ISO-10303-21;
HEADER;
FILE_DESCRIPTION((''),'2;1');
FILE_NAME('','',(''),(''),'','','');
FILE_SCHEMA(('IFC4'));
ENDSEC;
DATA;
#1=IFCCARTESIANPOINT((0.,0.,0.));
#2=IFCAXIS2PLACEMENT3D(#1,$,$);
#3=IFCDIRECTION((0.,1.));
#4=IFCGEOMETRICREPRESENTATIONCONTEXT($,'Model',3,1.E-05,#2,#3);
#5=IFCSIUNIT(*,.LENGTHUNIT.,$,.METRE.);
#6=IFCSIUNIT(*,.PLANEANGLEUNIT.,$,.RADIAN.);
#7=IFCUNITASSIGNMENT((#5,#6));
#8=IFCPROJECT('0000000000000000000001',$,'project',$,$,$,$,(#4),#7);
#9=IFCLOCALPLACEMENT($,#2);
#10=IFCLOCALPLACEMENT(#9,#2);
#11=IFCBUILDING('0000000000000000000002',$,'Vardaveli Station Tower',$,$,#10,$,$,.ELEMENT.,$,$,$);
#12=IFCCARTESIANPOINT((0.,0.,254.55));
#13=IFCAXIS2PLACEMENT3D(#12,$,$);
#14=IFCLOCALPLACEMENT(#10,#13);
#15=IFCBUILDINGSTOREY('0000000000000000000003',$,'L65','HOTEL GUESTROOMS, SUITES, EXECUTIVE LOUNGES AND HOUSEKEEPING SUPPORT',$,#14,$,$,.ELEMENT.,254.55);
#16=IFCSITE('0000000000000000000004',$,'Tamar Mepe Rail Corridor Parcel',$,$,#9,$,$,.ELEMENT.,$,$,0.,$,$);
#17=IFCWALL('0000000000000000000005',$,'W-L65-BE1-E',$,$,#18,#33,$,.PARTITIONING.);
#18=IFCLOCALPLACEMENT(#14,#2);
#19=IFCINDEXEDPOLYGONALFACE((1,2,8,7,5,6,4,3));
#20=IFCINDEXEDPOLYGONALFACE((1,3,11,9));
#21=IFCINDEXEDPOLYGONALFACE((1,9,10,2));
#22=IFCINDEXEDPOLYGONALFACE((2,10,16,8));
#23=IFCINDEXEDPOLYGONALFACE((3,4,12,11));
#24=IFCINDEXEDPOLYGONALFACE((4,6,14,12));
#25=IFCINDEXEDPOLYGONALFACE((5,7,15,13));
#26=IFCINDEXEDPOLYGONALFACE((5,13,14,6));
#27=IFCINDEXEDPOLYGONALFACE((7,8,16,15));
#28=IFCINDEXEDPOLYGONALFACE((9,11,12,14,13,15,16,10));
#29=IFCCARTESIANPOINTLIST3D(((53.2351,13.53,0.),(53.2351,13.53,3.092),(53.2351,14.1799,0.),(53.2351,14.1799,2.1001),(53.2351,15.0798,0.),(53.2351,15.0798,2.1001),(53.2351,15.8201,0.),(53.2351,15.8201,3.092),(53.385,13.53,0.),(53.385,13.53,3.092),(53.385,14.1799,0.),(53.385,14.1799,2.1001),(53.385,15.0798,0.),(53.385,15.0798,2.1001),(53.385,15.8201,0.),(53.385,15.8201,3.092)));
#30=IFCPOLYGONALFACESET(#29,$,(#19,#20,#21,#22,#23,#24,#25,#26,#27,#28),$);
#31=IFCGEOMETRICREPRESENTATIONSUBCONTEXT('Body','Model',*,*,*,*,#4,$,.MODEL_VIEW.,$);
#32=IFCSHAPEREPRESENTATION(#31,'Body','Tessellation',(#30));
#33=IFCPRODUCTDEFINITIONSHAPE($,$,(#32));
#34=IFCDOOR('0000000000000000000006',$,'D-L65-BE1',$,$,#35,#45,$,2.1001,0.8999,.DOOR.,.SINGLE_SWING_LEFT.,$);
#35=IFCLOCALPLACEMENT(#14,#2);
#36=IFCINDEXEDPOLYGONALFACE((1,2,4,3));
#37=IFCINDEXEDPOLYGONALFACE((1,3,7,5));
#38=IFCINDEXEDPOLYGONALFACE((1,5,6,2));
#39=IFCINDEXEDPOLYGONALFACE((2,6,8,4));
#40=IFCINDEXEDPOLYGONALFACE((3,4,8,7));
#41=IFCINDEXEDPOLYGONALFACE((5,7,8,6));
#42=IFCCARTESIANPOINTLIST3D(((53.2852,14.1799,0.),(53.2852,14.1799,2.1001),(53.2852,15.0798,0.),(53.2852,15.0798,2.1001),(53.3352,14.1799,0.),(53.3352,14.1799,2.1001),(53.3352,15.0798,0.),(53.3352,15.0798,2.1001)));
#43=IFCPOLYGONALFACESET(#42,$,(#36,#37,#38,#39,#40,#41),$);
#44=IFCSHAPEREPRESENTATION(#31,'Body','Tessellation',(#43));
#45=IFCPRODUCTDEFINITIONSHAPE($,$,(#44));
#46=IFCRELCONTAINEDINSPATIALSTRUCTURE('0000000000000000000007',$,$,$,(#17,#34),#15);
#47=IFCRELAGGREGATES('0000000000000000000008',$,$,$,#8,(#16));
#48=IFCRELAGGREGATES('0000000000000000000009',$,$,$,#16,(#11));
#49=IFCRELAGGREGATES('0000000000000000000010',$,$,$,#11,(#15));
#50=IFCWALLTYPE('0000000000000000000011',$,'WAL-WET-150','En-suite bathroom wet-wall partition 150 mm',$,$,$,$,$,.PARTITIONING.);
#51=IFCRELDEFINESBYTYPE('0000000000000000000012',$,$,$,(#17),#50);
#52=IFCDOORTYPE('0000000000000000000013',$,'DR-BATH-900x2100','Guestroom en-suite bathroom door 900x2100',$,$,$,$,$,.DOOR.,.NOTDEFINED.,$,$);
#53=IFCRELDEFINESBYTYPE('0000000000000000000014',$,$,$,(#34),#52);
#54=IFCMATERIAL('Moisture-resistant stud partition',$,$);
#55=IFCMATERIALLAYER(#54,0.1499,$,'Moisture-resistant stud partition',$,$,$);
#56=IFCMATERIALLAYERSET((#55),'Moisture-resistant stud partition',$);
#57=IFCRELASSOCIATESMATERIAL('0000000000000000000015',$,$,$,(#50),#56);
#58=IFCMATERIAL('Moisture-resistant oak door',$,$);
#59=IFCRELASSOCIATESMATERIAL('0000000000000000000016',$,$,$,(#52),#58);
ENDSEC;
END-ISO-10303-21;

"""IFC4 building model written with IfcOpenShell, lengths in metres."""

from ifc_helpers import new_model, si_unit, direction, frame, frame_2d, origin, place, context, subcontext, project, spatial, rectangle, extrude, source, transform, mapped, material, layer, layer_set, type_object, element, fill, save


model = new_model("IFC4")

# Units and contexts
model_context = context("Model", 3, precision=1e-05, world=origin(), true_north=direction((0.0, 1.0)))
body_context = subcontext(model_context, "Body", "Model", "MODEL_VIEW")
ifc_project = project(units=[si_unit("LENGTHUNIT", "METRE"), si_unit("PLANEANGLEUNIT", "RADIAN")], contexts=[model_context])

# Site, building, storey
site_placement = place(None, origin())
site = spatial("IfcSite", under=ifc_project, at=site_placement, Name="Tamar Mepe Rail Corridor Parcel", CompositionType="ELEMENT", RefElevation=0.0)
building_placement = place(site_placement, origin())
building = spatial("IfcBuilding", under=site, at=building_placement, Name="Vardaveli Station Tower", CompositionType="ELEMENT")
storey_placement = place(building_placement, frame((0.0, 0.0, 254.55)))
storey = spatial("IfcBuildingStorey", under=building, at=storey_placement, Name="L65", Description="HOTEL GUESTROOMS, SUITES, EXECUTIVE LOUNGES AND HOUSEKEEPING SUPPORT", CompositionType="ELEMENT", Elevation=254.55)

# Wall, opening, door
ifc_material_1 = material(Name="Moisture-resistant stud partition")
ifc_layer_1 = layer(ifc_material_1, 0.1499, Name="Moisture-resistant stud partition")
ifc_layer_set_1 = layer_set([ifc_layer_1], Name="Moisture-resistant stud partition")
wall_type_1 = type_object("IfcWallType", Name="WAL-WET-150", Description="En-suite bathroom wet-wall partition 150 mm", PredefinedType="PARTITIONING", material=ifc_layer_set_1)
shared_shape_1 = source(origin(), body_context, "Body", "SweptSolid", [
    extrude(rectangle(XDim=2.29, YDim=0.1499, at=frame_2d((1.145, 0.0))), origin(), (0.0, 0.0, 1.0), 3.092),
])
wall_1_placement = place(storey_placement, frame((53.3101, 13.53, 0.0), z_axis=(0.0, 0.0, 1.0), x_axis=(0.0, 1.0, 0.0)))
wall_1 = element("IfcWall", 1, at=wall_1_placement, inside=storey, type_object=wall_type_1, Name="W-L65-BE1-E", PredefinedType="PARTITIONING", context=body_context, shape_type="MappedRepresentation", body=[
    mapped(shared_shape_1, transform((0.0, 0.0, 0.0), scale=1.0)),
])
shared_shape_2 = source(origin(), body_context, "Body", "SweptSolid", [
    extrude(rectangle(XDim=0.8999, YDim=2.1001, at=frame_2d((0.45, 1.05))), frame((0.0, 0.085, 0.0), z_axis=(0.0, -1.0, 0.0), x_axis=(1.0, 0.0, 0.0)), (0.0, 0.0, 1.0), 0.1699),
])
opening_1_placement = place(wall_1_placement, frame((0.6499, 0.0, 0.0)))
opening_1 = element("IfcOpeningElement", 2, at=opening_1_placement, cuts=wall_1, PredefinedType="OPENING", context=body_context, shape_type="MappedRepresentation", body=[
    mapped(shared_shape_2, transform((0.0, 0.0, 0.0), scale=1.0)),
])
ifc_material_2 = material(Name="Moisture-resistant oak door")
door_type_1 = type_object("IfcDoorType", Name="DR-BATH-900x2100", Description="Guestroom en-suite bathroom door 900x2100", OperationType="NOTDEFINED", PredefinedType="DOOR", material=ifc_material_2)
shared_shape_3 = source(origin(), body_context, "Body", "SweptSolid", [
    extrude(rectangle(XDim=0.8999, YDim=2.1001, at=frame_2d((0.45, 1.05))), frame((0.0, 0.0249, 0.0), z_axis=(0.0, -1.0, 0.0), x_axis=(1.0, 0.0, 0.0)), (0.0, 0.0, 1.0), 0.05),
])
door_1_placement = place(opening_1_placement, origin())
door_1 = element("IfcDoor", 3, at=door_1_placement, inside=storey, type_object=door_type_1, Name="D-L65-BE1", OperationType="SINGLE_SWING_LEFT", OverallHeight=2.1001, OverallWidth=0.8999, PredefinedType="DOOR", context=body_context, shape_type="MappedRepresentation", body=[
    mapped(shared_shape_3, transform((0.0, 0.0, 0.0), scale=1.0)),
])
fill(opening_1, door_1)

save(model, "model.ifc")
